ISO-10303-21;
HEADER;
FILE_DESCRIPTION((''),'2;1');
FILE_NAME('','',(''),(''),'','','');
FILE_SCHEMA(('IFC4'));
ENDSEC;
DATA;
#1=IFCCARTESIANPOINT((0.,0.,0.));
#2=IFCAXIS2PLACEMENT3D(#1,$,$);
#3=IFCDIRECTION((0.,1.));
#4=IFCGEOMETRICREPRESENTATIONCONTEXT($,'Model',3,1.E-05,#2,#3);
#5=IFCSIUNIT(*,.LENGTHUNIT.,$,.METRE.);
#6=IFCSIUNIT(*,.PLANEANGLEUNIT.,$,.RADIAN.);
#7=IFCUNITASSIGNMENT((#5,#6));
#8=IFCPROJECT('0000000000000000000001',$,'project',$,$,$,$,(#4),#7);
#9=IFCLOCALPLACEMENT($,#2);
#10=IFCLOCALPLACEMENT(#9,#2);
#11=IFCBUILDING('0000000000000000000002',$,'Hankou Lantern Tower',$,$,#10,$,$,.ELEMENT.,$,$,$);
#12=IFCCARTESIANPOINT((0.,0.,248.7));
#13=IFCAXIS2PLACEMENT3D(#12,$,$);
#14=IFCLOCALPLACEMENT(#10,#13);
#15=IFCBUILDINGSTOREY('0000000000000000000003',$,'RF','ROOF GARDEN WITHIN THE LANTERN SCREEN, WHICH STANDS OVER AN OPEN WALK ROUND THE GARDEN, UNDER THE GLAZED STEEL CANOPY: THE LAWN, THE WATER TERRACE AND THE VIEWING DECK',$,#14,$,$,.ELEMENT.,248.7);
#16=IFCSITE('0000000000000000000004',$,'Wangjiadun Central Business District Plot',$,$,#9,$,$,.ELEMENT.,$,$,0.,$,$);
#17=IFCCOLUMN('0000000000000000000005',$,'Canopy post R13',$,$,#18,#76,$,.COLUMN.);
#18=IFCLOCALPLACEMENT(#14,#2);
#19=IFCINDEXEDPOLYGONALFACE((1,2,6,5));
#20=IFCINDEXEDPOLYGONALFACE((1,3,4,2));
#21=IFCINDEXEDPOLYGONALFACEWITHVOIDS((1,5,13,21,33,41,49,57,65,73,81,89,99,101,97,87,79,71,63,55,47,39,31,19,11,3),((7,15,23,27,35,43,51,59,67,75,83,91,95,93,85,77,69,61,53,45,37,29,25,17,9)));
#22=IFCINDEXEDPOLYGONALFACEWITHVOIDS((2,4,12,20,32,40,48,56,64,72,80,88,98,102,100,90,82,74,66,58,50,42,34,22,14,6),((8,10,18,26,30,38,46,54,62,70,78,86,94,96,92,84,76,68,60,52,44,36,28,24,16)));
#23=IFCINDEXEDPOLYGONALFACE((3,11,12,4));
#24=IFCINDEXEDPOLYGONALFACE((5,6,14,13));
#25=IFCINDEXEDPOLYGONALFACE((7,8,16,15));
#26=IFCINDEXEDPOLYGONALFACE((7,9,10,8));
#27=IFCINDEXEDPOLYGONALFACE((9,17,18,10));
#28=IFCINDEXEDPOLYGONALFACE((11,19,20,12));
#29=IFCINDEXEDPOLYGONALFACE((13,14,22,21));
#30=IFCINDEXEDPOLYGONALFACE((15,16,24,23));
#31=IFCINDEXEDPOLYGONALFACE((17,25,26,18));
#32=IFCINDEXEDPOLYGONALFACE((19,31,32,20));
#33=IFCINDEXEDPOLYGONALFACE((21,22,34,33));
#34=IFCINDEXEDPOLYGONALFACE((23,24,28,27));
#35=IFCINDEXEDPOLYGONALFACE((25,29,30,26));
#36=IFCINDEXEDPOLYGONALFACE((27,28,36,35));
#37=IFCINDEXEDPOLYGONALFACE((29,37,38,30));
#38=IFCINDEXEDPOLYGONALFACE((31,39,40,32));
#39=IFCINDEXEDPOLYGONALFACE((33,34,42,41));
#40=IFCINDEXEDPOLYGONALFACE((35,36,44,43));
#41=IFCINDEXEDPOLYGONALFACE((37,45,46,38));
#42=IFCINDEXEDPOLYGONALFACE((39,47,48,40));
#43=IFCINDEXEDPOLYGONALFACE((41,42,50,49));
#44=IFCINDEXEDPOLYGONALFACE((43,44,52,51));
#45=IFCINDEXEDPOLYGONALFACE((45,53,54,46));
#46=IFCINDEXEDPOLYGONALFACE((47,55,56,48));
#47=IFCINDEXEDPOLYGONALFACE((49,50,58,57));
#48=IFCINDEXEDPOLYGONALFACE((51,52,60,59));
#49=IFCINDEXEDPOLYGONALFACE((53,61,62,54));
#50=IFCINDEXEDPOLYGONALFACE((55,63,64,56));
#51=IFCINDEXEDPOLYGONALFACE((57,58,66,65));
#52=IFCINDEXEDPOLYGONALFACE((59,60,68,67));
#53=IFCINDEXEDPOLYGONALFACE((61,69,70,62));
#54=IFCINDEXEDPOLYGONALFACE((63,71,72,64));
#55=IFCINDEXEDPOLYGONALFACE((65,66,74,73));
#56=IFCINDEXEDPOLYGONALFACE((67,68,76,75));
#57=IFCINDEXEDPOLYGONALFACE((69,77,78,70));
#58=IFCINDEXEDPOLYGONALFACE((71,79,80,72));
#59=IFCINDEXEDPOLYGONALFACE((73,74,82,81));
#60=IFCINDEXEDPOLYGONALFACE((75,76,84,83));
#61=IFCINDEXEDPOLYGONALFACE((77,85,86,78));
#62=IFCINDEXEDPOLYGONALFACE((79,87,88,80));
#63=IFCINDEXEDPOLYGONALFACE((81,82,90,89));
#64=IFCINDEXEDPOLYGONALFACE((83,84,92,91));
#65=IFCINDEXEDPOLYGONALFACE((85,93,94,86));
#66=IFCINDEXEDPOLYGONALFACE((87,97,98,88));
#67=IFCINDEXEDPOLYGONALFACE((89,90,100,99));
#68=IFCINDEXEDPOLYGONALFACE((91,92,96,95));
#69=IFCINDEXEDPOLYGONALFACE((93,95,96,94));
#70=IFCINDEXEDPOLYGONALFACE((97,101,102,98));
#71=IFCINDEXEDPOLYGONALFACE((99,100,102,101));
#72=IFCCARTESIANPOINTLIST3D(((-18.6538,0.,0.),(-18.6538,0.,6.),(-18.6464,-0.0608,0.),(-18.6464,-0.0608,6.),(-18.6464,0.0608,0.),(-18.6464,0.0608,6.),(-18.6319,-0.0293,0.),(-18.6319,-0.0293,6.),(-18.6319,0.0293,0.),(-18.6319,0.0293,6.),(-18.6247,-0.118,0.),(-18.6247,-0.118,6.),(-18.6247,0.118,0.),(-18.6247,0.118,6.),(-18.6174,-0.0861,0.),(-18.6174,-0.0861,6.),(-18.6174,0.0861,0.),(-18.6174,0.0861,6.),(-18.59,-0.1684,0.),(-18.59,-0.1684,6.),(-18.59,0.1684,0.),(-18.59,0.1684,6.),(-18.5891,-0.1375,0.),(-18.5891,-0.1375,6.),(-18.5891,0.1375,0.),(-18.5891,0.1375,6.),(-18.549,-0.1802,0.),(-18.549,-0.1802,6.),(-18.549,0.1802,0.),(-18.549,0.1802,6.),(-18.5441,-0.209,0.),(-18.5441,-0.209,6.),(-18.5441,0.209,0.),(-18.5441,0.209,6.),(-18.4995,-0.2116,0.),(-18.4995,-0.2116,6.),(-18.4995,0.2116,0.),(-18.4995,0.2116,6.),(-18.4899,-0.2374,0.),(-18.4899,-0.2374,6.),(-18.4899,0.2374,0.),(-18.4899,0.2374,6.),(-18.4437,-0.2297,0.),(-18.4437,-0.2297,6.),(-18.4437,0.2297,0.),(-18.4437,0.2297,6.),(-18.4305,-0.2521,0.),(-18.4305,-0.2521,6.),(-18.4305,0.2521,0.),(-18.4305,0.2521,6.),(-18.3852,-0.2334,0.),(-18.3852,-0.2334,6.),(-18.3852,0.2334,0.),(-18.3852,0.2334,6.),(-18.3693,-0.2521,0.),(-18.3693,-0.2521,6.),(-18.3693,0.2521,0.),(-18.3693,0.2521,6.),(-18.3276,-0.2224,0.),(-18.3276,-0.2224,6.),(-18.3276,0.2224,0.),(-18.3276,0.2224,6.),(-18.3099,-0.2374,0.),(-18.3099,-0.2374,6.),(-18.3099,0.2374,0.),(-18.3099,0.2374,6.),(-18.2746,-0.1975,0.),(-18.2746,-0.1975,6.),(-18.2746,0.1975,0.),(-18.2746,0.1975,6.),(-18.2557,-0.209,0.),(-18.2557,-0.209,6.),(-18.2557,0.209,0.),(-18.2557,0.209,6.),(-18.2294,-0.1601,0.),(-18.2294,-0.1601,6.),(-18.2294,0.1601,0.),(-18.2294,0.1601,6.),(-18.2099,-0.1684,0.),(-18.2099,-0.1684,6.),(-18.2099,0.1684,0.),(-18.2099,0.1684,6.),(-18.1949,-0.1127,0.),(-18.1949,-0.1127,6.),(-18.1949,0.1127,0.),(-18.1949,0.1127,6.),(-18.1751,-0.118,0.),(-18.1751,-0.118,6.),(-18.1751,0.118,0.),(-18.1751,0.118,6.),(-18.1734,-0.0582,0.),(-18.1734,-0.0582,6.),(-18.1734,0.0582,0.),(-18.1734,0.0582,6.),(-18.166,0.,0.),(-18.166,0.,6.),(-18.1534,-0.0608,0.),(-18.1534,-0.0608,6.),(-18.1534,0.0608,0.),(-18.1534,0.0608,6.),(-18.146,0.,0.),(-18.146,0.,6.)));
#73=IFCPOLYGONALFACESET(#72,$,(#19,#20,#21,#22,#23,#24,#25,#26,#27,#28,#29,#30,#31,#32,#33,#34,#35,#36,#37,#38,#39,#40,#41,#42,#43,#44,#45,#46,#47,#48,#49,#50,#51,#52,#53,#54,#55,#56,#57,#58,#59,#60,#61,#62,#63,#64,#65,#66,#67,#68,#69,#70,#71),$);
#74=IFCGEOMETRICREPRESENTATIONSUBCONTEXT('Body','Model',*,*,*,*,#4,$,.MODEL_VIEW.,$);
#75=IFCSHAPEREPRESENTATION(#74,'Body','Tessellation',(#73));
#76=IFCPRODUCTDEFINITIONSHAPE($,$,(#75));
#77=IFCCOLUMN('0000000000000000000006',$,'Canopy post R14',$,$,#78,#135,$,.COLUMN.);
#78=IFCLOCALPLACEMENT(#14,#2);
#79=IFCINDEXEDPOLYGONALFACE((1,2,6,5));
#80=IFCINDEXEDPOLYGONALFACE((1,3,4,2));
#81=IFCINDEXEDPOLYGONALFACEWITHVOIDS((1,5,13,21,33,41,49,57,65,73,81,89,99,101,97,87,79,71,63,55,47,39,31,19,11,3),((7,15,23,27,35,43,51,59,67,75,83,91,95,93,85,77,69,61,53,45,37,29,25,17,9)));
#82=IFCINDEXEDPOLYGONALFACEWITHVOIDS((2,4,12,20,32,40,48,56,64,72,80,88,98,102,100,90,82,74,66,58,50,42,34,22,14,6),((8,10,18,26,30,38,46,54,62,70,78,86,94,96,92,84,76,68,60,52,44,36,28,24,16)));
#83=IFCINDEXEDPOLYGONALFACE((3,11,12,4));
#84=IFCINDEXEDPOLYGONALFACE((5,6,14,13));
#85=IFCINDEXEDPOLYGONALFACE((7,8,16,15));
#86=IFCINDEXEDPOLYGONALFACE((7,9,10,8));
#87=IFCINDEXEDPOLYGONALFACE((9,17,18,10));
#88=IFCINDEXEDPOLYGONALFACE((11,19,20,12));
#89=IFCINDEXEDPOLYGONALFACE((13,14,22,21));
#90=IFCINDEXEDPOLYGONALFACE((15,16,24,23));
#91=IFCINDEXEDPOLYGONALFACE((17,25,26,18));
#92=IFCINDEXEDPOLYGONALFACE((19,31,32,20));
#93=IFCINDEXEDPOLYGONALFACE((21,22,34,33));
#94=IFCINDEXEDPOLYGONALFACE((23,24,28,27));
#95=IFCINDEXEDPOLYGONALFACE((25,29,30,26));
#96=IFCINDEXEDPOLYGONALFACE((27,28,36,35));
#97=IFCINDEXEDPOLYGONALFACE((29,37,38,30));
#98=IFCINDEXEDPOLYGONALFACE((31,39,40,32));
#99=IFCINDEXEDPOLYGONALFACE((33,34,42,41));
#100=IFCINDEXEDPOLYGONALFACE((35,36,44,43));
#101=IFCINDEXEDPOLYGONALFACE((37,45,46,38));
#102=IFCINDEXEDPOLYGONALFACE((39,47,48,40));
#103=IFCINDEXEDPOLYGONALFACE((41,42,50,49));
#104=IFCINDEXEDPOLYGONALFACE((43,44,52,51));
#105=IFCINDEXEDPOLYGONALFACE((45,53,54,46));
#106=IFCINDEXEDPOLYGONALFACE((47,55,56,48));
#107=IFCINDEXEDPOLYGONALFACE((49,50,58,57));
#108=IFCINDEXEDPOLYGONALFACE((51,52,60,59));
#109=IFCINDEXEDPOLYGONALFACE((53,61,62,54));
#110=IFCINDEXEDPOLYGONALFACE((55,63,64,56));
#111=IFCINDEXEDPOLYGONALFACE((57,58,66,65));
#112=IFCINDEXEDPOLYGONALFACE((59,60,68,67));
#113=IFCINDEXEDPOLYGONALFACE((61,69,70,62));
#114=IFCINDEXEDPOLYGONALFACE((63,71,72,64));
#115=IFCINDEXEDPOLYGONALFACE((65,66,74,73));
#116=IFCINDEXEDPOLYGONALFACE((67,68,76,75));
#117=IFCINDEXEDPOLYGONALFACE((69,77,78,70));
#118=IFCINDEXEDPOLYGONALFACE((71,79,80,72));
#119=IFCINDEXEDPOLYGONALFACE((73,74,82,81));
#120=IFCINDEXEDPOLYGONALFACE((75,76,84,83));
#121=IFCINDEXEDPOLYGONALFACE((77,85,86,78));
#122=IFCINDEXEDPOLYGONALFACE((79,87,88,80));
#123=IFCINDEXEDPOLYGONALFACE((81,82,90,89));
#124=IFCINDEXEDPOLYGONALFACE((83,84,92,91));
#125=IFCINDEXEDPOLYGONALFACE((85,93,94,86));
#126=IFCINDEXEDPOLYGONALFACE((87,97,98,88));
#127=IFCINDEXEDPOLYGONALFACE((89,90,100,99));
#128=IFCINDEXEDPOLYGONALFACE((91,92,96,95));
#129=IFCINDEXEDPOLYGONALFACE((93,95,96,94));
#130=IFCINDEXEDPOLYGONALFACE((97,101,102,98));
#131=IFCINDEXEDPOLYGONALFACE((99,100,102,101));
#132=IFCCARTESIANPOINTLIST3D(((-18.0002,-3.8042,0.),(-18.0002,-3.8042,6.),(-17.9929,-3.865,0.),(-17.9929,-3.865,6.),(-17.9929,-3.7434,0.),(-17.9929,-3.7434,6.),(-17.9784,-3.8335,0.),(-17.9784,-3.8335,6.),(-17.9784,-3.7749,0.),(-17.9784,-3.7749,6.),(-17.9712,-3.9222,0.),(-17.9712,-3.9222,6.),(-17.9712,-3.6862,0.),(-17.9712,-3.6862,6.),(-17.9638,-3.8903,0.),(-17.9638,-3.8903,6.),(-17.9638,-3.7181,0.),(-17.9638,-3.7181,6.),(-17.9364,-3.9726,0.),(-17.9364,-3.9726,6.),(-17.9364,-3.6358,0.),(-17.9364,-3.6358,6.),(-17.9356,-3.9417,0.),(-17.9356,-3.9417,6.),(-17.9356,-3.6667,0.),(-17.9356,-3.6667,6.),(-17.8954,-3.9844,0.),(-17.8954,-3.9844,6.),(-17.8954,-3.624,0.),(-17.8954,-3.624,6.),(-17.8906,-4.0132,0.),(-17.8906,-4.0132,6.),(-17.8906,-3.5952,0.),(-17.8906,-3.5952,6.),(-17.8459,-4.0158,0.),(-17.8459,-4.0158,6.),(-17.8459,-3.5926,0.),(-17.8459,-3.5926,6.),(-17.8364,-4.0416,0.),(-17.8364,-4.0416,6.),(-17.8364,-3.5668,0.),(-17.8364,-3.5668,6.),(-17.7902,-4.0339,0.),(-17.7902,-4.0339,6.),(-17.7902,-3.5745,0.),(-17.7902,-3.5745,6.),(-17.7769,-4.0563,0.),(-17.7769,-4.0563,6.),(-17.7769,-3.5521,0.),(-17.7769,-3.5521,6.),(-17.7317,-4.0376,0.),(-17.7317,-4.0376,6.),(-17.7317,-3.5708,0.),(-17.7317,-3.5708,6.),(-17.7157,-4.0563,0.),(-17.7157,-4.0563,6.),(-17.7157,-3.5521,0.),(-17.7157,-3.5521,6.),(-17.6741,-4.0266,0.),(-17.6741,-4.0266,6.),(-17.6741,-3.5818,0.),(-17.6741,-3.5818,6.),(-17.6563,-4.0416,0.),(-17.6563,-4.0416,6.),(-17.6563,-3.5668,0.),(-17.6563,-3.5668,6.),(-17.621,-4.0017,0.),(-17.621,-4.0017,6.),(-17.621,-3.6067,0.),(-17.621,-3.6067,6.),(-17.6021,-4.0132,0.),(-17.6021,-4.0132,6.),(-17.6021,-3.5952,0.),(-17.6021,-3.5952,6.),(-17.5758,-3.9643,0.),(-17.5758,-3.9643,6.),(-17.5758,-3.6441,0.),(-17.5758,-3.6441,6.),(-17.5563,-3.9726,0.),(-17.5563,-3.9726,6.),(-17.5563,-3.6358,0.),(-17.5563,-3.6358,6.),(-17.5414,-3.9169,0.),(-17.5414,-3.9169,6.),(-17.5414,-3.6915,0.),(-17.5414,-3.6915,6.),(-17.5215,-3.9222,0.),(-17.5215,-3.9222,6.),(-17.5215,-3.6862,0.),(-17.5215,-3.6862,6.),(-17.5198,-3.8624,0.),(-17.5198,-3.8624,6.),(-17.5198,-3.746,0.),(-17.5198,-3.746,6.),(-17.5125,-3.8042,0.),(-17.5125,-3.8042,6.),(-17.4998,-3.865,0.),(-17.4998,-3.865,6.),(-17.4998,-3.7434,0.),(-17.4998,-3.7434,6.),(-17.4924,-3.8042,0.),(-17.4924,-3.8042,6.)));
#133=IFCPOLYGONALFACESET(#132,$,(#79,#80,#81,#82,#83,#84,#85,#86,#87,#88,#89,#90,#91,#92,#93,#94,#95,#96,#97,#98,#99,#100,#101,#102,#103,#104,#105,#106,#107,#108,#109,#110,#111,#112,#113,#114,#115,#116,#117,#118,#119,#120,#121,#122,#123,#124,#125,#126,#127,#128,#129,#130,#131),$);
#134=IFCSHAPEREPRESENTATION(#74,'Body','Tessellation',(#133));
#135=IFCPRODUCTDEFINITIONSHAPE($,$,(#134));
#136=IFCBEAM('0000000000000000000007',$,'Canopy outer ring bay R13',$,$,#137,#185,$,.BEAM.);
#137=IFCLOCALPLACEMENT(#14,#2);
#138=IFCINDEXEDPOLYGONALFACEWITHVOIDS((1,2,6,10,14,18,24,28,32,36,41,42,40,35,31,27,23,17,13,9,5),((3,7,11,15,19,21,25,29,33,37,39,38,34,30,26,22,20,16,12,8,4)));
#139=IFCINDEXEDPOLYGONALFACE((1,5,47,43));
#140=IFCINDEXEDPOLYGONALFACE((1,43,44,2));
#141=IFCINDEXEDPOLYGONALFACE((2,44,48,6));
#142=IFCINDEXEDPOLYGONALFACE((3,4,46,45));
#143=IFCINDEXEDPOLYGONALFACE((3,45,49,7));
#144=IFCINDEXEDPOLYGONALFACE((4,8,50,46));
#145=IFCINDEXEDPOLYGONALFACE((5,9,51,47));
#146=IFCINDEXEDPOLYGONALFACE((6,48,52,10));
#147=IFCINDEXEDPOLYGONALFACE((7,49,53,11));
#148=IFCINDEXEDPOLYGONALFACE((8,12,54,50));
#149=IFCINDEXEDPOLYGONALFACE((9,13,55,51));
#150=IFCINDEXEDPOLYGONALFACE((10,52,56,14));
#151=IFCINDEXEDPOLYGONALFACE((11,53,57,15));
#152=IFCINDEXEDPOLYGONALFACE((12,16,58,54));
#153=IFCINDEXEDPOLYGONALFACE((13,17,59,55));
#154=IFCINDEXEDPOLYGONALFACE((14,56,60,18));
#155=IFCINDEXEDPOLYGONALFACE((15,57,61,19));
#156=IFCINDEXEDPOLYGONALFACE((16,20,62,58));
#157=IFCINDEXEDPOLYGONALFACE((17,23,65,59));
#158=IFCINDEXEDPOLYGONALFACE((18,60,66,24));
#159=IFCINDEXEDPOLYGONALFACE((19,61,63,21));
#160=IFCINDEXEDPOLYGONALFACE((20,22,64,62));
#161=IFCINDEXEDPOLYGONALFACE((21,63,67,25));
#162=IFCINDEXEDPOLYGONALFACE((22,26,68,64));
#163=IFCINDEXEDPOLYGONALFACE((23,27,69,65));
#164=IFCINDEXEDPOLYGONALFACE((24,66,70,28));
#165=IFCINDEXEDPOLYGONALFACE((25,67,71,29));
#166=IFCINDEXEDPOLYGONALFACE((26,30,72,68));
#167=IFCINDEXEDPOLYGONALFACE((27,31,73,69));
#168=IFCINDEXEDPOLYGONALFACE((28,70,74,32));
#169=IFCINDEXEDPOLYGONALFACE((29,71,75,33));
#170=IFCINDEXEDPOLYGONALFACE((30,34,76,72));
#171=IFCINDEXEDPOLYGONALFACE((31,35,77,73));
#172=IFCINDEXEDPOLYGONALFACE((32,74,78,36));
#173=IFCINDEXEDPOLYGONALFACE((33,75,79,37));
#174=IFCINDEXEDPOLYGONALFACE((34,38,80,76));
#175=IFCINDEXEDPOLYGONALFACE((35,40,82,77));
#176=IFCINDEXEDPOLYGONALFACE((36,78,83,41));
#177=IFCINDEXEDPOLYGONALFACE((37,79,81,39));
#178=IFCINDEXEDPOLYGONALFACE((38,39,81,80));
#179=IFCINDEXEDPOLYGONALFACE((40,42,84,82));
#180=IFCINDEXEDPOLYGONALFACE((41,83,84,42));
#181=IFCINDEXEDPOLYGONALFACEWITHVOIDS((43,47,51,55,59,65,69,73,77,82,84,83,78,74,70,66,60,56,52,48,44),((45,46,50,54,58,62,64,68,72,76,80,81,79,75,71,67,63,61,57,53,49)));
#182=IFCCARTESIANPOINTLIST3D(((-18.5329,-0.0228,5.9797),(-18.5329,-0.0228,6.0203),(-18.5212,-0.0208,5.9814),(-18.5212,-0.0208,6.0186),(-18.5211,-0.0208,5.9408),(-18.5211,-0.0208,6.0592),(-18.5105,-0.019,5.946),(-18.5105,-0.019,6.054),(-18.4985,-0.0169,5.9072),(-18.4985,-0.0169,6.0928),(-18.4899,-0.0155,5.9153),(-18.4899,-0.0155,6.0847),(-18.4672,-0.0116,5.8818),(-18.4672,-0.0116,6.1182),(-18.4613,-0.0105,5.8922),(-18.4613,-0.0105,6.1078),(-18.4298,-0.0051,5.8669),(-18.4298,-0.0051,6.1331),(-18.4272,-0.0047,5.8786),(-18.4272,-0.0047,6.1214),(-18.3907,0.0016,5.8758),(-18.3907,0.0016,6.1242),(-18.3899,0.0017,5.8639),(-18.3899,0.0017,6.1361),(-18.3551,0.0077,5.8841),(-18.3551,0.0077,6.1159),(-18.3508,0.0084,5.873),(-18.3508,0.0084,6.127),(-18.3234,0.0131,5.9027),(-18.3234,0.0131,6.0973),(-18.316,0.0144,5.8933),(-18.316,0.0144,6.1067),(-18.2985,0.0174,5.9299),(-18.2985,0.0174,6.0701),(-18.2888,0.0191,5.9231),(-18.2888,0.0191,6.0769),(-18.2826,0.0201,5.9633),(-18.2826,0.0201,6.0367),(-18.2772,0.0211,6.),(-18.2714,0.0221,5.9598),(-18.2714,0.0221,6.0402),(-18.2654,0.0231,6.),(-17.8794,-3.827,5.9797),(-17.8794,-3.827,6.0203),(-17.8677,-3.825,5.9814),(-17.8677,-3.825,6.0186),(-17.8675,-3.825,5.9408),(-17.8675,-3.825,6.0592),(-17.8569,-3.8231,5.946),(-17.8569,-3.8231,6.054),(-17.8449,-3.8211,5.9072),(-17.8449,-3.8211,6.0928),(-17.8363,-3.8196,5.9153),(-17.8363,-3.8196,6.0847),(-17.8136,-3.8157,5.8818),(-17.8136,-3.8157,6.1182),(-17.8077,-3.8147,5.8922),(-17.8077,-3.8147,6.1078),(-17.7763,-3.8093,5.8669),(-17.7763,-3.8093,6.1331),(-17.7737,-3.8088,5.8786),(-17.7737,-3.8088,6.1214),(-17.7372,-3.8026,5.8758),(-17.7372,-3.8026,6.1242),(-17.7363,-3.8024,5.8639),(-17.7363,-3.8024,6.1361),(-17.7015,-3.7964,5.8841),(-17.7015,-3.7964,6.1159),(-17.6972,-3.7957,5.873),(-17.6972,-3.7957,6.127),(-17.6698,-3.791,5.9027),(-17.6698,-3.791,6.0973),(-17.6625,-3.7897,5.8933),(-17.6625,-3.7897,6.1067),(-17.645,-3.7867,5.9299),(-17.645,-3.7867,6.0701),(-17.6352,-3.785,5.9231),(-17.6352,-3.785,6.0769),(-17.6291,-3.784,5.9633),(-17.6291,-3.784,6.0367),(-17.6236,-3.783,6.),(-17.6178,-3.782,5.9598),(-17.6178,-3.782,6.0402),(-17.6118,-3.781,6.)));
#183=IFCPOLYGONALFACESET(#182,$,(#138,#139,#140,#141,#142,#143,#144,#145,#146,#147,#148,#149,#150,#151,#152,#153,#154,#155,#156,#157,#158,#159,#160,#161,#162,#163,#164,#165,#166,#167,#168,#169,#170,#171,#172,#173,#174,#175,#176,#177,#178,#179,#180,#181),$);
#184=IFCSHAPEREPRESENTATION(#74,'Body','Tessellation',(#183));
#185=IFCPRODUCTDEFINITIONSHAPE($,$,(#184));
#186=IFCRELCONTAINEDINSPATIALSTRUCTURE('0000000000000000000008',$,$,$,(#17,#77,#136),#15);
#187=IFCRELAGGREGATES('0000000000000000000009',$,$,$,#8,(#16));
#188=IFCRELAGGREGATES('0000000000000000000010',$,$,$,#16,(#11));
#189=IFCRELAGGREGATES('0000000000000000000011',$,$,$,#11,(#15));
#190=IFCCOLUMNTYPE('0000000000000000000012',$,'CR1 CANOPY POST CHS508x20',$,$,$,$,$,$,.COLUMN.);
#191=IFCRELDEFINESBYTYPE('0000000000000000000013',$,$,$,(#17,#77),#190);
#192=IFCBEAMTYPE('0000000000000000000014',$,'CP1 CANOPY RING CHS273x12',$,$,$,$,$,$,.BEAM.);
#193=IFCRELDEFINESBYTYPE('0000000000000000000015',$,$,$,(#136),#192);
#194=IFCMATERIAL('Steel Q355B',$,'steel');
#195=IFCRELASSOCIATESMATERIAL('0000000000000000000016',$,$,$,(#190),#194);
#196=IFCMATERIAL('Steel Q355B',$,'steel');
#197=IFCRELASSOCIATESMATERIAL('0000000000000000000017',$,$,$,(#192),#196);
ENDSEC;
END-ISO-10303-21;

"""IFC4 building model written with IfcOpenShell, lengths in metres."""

from ifc_helpers import new_model, si_unit, direction, frame, origin, origin_2d, place, context, subcontext, project, spatial, hollow_circle, extrude, material, material_profile, profile_set, type_object, element, save


model = new_model("IFC4")

# Units and contexts
model_context = context("Model", 3, precision=1e-05, world=origin(), true_north=direction((0.0, 1.0)))
body_context = subcontext(model_context, "Body", "Model", "MODEL_VIEW")
ifc_project = project(units=[si_unit("LENGTHUNIT", "METRE"), si_unit("PLANEANGLEUNIT", "RADIAN")], contexts=[model_context])

# Site, building, storey
site_placement = place(None, origin())
site = spatial("IfcSite", under=ifc_project, at=site_placement, Name="Wangjiadun Central Business District Plot", CompositionType="ELEMENT", RefElevation=0.0)
building_placement = place(site_placement, origin())
building = spatial("IfcBuilding", under=site, at=building_placement, Name="Hankou Lantern Tower", CompositionType="ELEMENT")
storey_placement = place(building_placement, frame((0.0, 0.0, 248.7)))
storey = spatial("IfcBuildingStorey", under=building, at=storey_placement, Name="RF", Description="ROOF GARDEN WITHIN THE LANTERN SCREEN, WHICH STANDS OVER AN OPEN WALK ROUND THE GARDEN, UNDER THE GLAZED STEEL CANOPY: THE LAWN, THE WATER TERRACE AND THE VIEWING DECK", CompositionType="ELEMENT", Elevation=248.7)

# Columns
ifc_material_1 = material(Name="Steel Q355B", Category="steel")
ifc_material_profile_1 = material_profile(ifc_material_1, hollow_circle(Radius=0.2539, WallThickness=0.02, at=origin_2d()), Name="CHS508x20")
ifc_profile_set_1 = profile_set([ifc_material_profile_1], Name="Steel Q355B")
column_type = type_object("IfcColumnType", Name="CR1 CANOPY POST CHS508x20", PredefinedType="COLUMN", material=ifc_profile_set_1)
for number, where, z_axis, x_axis, name in (
    (1, (-18.3999, 0.0, 0.0), (0.0, 0.0, 1.0), (1.0, 0.0, 0.0), "Canopy post R13"),
    (2, (-17.7463, -3.8042, 0.0), (0.0, 0.0, 1.0), (1.0, 0.0, 0.0), "Canopy post R14"),
):
    element("IfcColumn", number, at=place(storey_placement, frame(where, z_axis=z_axis, x_axis=x_axis)), inside=storey, type_object=column_type, Name=name, PredefinedType="COLUMN", context=body_context, shape_type="SweptSolid", body=[
        extrude(hollow_circle(Radius=0.2539, WallThickness=0.02, at=origin_2d()), origin(), (0.0, 0.0, 1.0), 6.0),
    ])

# Beam
ifc_material_2 = material(Name="Steel Q355B", Category="steel")
ifc_material_profile_2 = material_profile(ifc_material_2, hollow_circle(Radius=0.1365, WallThickness=0.012, at=origin_2d()), Name="CHS273x12")
ifc_profile_set_2 = profile_set([ifc_material_profile_2], Name="Steel Q355B")
beam_type_1 = type_object("IfcBeamType", Name="CP1 CANOPY RING CHS273x12", PredefinedType="BEAM", material=ifc_profile_set_2)
beam_1_placement = place(storey_placement, frame((-18.3999, 0.0, 6.0), z_axis=(0.16932, -0.985561, 0.0), x_axis=(0.985561, 0.16932, 0.0)))
element("IfcBeam", 3, at=beam_1_placement, inside=storey, type_object=beam_type_1, Name="Canopy outer ring bay R13", PredefinedType="BEAM", context=body_context, shape_type="SweptSolid", body=[
    extrude(hollow_circle(Radius=0.1365, WallThickness=0.012, at=origin_2d()), origin(), (0.0, 0.0, 1.0), 3.8599),
])

save(model, "model.ifc")
